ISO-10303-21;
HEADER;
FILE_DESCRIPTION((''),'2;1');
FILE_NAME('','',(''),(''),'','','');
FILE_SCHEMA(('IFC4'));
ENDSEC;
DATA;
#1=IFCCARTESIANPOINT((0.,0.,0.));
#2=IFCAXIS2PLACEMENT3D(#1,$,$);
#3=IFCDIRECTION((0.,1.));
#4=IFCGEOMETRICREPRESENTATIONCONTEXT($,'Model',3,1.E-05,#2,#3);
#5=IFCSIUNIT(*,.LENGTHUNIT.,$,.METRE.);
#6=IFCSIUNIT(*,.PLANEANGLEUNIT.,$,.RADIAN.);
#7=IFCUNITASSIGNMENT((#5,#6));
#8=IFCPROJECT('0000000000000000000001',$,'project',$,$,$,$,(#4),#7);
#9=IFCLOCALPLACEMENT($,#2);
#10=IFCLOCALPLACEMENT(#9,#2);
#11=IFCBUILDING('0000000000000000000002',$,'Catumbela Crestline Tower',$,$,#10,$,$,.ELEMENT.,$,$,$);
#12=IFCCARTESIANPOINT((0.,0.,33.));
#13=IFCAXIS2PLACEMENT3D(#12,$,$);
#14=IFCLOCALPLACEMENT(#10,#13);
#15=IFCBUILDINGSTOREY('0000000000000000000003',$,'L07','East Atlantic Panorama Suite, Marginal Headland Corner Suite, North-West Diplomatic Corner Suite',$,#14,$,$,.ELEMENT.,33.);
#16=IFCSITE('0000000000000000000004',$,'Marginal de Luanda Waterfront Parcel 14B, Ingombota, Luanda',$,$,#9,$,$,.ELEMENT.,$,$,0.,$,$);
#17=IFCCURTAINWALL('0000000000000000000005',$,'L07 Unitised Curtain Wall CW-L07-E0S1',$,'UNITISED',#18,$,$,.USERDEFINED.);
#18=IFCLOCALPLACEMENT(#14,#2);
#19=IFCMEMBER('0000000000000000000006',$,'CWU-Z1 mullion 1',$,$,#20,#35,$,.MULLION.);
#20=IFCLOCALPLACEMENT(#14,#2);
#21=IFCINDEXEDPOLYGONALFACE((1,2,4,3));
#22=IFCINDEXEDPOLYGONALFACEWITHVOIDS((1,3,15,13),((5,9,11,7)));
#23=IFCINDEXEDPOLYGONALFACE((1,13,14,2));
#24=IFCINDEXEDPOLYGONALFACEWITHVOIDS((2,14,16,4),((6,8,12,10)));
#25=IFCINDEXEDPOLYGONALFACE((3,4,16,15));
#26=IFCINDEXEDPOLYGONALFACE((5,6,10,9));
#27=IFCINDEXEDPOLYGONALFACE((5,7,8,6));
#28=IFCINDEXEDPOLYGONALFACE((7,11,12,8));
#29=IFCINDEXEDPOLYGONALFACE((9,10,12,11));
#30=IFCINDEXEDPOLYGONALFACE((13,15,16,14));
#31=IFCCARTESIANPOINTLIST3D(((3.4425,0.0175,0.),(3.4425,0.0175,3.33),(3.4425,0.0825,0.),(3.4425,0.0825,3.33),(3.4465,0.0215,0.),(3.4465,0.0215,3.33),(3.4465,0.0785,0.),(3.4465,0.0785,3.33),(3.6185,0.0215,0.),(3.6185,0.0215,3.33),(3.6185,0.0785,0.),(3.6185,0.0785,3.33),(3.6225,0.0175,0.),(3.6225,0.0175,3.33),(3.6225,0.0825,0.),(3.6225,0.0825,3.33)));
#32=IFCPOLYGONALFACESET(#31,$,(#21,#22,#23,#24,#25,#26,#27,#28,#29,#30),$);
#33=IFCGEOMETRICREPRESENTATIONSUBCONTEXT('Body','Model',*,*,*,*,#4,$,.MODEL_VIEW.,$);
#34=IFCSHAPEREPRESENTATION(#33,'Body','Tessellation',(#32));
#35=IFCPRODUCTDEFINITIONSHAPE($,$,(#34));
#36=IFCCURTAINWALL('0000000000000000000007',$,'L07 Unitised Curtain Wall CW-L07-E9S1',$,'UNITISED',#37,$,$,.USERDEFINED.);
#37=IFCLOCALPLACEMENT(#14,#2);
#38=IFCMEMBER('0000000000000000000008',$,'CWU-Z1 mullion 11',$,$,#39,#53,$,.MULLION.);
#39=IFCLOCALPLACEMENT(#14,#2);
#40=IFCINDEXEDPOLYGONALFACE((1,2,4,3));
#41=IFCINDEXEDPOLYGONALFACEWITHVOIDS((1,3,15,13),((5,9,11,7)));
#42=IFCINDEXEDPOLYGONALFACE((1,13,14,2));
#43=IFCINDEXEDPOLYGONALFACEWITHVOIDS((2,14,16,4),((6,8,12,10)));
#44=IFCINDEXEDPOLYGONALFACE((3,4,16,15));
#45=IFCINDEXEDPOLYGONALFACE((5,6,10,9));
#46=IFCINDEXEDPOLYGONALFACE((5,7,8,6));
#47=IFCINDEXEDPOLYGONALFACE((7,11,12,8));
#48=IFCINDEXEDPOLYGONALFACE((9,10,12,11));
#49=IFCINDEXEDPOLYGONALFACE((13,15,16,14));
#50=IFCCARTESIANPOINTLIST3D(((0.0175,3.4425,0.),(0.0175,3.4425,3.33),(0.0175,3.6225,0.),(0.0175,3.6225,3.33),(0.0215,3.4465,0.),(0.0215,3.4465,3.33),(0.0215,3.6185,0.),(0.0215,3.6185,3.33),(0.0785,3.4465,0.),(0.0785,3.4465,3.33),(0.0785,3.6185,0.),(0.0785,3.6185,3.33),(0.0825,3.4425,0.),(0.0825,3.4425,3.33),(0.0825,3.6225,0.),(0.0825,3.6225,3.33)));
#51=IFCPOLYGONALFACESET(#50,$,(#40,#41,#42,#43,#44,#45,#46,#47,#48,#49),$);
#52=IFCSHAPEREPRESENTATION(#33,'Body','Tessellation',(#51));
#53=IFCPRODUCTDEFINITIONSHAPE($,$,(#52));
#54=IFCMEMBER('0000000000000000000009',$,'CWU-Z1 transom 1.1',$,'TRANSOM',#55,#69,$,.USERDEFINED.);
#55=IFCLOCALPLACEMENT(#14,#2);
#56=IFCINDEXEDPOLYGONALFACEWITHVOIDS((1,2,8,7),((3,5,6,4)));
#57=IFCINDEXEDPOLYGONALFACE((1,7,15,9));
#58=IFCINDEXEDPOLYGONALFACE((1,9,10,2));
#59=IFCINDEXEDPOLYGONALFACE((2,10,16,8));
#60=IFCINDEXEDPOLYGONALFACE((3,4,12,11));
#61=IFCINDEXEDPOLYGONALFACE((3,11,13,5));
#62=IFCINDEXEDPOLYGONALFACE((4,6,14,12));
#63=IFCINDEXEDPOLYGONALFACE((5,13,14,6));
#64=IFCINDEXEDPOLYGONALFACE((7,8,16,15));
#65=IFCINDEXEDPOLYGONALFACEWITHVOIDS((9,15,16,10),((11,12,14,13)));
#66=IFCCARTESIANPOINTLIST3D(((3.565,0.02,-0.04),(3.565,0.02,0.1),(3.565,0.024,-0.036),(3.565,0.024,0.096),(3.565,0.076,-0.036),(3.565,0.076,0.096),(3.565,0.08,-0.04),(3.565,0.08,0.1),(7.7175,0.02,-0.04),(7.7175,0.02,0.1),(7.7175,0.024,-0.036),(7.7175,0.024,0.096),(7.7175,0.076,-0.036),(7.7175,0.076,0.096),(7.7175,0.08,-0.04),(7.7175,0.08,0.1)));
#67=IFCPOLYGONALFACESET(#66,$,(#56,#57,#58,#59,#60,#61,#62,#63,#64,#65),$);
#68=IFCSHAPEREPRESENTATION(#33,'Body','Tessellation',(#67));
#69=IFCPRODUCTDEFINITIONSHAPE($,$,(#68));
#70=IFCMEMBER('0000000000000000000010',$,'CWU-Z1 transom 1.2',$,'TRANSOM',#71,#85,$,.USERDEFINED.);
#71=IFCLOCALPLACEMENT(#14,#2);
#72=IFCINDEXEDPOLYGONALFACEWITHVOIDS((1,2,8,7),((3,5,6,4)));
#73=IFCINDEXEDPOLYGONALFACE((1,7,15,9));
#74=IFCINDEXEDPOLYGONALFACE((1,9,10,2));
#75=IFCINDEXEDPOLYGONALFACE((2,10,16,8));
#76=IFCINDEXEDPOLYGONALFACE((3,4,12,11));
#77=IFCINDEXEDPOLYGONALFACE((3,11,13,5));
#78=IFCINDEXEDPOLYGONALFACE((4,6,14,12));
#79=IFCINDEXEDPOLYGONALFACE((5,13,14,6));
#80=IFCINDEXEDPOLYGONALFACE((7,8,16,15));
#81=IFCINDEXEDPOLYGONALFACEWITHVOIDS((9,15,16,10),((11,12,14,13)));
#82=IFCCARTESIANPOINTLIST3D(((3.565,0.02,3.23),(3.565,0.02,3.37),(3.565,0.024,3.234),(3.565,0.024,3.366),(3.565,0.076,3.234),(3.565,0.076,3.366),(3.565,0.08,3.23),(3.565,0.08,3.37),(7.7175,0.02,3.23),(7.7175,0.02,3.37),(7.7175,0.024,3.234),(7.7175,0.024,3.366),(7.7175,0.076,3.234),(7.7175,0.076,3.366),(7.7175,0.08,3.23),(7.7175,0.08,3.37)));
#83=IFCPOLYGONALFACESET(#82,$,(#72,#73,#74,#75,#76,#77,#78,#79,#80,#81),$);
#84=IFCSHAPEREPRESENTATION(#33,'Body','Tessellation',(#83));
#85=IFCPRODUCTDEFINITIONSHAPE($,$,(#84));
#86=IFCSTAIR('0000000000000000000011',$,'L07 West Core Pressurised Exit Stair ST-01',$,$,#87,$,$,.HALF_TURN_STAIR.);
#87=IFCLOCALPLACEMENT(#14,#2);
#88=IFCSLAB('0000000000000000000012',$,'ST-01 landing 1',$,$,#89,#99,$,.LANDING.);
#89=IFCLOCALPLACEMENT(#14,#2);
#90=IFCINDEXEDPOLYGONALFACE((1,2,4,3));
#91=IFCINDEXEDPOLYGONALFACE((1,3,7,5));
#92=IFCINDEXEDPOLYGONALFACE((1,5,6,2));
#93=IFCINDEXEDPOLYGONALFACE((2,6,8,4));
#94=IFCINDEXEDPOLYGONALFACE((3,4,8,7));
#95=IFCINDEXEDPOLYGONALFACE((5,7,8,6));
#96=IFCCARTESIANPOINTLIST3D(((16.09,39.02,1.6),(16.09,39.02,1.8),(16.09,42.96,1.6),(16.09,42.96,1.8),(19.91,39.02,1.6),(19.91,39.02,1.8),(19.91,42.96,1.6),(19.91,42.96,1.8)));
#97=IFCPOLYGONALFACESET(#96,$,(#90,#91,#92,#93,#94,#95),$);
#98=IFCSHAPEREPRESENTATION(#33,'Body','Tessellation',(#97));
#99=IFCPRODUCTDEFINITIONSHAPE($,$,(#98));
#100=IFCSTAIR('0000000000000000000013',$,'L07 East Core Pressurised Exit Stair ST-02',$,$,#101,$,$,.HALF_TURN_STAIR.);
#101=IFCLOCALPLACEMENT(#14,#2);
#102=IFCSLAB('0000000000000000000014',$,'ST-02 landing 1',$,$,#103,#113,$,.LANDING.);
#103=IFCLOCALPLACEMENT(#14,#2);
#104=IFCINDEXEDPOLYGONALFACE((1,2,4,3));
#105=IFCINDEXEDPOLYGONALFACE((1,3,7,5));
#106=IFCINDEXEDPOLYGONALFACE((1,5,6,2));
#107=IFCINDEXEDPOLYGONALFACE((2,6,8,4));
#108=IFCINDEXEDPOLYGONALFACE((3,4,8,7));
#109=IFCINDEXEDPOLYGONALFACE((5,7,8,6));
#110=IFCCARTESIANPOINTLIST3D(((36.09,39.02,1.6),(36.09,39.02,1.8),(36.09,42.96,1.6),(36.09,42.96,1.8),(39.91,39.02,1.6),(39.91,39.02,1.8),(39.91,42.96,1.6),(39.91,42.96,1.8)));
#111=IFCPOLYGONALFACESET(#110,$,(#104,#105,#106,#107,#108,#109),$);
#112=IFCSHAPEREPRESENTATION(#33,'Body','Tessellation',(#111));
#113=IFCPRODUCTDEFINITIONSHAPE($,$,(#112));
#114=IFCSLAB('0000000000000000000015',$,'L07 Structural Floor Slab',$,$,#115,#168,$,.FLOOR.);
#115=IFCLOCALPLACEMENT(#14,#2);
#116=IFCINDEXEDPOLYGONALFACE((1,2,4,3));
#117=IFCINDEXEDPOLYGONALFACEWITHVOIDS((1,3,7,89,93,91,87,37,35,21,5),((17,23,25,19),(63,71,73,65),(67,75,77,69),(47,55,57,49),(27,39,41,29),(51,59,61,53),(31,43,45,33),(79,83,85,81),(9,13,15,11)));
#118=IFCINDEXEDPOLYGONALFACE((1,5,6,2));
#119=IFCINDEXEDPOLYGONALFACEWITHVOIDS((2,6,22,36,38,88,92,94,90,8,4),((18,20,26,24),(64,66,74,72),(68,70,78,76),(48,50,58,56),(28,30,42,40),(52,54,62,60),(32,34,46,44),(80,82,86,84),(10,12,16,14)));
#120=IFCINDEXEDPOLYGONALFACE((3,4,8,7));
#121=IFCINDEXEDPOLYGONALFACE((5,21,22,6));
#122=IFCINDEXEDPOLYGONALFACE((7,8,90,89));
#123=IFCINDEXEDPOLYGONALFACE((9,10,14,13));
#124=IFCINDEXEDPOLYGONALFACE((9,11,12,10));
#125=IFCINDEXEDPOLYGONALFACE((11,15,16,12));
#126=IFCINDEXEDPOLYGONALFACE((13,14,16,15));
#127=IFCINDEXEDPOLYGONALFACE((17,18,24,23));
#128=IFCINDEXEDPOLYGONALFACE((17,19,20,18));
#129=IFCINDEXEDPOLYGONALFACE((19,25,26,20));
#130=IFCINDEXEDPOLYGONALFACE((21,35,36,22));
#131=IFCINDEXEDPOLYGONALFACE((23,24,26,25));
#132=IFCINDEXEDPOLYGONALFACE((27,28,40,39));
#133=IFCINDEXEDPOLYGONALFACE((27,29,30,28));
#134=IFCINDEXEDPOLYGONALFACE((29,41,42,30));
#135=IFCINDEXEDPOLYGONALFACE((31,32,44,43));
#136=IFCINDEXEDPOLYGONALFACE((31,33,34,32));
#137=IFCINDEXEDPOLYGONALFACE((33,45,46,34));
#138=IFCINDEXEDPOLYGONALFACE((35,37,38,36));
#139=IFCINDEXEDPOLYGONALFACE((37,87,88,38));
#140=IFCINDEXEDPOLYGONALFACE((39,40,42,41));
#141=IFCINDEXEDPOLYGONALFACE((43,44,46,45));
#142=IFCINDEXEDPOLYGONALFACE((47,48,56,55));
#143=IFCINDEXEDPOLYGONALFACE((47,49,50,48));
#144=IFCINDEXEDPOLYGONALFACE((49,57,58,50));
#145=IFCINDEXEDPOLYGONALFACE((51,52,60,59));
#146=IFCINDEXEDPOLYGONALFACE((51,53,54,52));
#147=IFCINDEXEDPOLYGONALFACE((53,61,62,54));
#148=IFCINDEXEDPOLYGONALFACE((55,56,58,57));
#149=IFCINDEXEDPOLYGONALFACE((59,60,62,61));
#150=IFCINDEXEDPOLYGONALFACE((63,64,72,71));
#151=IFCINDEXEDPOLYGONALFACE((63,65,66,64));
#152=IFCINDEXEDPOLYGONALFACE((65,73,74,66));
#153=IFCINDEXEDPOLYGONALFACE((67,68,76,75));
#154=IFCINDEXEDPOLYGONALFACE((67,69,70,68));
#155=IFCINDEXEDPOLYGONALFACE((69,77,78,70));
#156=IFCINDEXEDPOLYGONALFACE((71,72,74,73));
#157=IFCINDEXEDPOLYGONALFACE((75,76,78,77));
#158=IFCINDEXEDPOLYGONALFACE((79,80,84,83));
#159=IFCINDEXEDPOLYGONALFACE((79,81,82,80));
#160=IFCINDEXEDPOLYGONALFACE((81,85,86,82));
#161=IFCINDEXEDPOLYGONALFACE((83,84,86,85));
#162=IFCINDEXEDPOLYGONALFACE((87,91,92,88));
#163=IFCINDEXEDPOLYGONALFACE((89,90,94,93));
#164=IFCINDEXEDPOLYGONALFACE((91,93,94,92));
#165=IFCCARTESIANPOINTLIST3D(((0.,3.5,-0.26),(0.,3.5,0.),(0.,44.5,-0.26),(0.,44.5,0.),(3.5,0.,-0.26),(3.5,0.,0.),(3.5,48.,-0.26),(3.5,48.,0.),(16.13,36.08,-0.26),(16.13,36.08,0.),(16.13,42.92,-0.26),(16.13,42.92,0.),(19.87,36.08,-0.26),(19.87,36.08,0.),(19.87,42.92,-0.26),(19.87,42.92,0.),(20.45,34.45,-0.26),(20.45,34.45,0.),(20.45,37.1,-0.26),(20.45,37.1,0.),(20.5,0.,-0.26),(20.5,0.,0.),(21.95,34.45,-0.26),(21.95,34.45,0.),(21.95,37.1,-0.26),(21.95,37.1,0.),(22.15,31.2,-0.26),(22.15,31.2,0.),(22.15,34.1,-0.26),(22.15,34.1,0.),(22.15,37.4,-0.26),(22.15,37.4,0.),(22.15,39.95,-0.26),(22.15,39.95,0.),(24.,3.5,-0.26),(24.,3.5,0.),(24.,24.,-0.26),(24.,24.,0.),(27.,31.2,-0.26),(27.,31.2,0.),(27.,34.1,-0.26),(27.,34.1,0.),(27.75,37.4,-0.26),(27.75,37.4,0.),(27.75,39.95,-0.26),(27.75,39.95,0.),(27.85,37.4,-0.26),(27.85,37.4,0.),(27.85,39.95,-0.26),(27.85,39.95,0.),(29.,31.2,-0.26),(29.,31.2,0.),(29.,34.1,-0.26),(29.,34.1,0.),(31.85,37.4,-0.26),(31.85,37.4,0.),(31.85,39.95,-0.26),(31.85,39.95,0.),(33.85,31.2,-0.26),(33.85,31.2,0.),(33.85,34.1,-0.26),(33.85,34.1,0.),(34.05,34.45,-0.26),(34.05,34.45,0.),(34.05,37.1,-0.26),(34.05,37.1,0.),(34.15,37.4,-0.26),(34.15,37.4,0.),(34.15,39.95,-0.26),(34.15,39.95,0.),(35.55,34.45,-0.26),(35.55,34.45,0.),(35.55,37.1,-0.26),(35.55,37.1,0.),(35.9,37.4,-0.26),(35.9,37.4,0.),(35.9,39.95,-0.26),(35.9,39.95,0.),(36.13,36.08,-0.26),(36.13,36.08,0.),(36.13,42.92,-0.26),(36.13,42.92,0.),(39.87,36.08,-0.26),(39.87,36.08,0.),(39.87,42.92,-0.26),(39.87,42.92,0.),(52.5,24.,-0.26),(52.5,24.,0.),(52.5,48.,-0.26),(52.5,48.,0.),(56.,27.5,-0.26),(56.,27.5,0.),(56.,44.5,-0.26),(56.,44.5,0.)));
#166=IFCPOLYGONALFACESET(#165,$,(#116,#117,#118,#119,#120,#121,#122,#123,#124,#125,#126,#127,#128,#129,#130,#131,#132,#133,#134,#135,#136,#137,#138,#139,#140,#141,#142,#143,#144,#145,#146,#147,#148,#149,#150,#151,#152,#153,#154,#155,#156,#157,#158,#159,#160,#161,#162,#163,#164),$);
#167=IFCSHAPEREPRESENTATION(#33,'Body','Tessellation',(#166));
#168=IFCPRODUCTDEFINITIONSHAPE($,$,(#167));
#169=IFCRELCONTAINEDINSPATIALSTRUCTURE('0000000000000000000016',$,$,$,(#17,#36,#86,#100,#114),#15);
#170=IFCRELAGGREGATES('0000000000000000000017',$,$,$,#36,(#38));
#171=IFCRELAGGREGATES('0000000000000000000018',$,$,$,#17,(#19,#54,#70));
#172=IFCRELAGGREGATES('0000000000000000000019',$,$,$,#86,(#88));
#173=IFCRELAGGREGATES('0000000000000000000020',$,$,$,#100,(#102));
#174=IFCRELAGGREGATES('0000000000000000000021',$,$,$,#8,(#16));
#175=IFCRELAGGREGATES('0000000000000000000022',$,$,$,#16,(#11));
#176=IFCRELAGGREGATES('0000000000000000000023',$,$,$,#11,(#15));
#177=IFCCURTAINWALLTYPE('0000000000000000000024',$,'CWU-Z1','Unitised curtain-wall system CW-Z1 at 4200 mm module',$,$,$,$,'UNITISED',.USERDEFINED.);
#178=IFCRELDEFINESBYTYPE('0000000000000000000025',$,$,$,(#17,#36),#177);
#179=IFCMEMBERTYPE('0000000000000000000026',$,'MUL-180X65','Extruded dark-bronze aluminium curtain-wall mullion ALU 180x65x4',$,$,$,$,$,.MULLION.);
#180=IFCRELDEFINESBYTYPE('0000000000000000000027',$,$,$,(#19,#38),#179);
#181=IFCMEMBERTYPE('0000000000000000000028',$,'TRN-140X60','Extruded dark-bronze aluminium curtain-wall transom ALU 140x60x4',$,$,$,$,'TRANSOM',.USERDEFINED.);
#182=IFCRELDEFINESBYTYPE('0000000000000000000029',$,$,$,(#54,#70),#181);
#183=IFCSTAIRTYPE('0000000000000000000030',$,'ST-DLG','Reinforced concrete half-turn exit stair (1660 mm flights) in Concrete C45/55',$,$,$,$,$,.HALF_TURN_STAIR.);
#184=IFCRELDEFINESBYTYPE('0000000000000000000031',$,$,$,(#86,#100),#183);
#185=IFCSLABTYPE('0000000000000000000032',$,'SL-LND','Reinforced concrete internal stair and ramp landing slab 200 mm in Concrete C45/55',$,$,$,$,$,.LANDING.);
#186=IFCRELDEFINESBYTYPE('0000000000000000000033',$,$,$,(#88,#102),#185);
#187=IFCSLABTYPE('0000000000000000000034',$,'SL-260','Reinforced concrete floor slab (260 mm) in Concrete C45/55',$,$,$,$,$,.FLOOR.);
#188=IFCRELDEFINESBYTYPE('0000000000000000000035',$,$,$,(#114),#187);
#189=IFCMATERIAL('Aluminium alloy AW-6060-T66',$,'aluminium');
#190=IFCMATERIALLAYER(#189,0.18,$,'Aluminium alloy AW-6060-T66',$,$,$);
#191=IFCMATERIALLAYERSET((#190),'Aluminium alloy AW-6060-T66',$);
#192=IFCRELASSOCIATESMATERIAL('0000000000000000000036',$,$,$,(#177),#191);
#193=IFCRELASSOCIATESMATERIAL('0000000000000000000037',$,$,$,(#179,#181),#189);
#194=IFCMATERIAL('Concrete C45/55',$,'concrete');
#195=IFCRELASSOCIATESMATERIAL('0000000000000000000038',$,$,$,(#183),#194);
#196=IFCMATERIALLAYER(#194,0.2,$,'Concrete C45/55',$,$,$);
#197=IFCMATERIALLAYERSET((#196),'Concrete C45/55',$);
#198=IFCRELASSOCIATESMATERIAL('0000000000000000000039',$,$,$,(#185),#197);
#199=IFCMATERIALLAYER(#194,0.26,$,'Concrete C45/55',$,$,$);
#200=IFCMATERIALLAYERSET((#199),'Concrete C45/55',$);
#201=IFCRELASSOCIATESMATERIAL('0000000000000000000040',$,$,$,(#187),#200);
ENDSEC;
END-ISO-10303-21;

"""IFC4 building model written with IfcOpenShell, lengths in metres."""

from ifc_helpers import new_model, si_unit, direction, frame, origin, origin_2d, place, context, subcontext, project, spatial, polyline, hollow_rectangle, outline, extrude, material, layer, layer_set, material_profile, profile_set, type_object, element, aggregate, save


model = new_model("IFC4")

# Units and contexts
model_context = context("Model", 3, precision=1e-05, world=origin(), true_north=direction((0.0, 1.0)))
body_context = subcontext(model_context, "Body", "Model", "MODEL_VIEW")
ifc_project = project(units=[si_unit("LENGTHUNIT", "METRE"), si_unit("PLANEANGLEUNIT", "RADIAN")], contexts=[model_context])

# Site, building, storey
site_placement = place(None, origin())
site = spatial("IfcSite", under=ifc_project, at=site_placement, Name="Marginal de Luanda Waterfront Parcel 14B, Ingombota, Luanda", CompositionType="ELEMENT", RefElevation=0.0)
building_placement = place(site_placement, origin())
building = spatial("IfcBuilding", under=site, at=building_placement, Name="Catumbela Crestline Tower", CompositionType="ELEMENT")
storey_placement = place(building_placement, frame((0.0, 0.0, 33.0)))
storey = spatial("IfcBuildingStorey", under=building, at=storey_placement, Name="L07", Description="East Atlantic Panorama Suite, Marginal Headland Corner Suite, North-West Diplomatic Corner Suite", CompositionType="ELEMENT", Elevation=33.0)

# Curtain walls, members
ifc_material_1 = material(Name="Aluminium alloy AW-6060-T66", Category="aluminium")
ifc_layer_1 = layer(ifc_material_1, 0.18, Name="Aluminium alloy AW-6060-T66")
ifc_layer_set_1 = layer_set([ifc_layer_1], Name="Aluminium alloy AW-6060-T66")
curtain_wall_type = type_object("IfcCurtainWallType", Name="CWU-Z1", Description="Unitised curtain-wall system CW-Z1 at 4200 mm module", ElementType="UNITISED", PredefinedType="USERDEFINED", material=ifc_layer_set_1)
curtain_wall_1_placement = place(storey_placement, origin())
curtain_wall_1 = element("IfcCurtainWall", 1, at=curtain_wall_1_placement, inside=storey, type_object=curtain_wall_type, Name="L07 Unitised Curtain Wall CW-L07-E0S1", ObjectType="UNITISED", PredefinedType="USERDEFINED")
ifc_material_profile_1 = material_profile(ifc_material_1, hollow_rectangle(XDim=0.065, YDim=0.18, WallThickness=0.004, at=origin_2d()), Name="ALU 180x65x4")
ifc_profile_set_1 = profile_set([ifc_material_profile_1], Name="Aluminium alloy AW-6060-T66")
member_type_1 = type_object("IfcMemberType", Name="MUL-180X65", Description="Extruded dark-bronze aluminium curtain-wall mullion ALU 180x65x4", PredefinedType="MULLION", material=ifc_profile_set_1)
member_1_placement = place(storey_placement, frame((3.5325, 0.05, 0.0), z_axis=(0.0, 0.0, 1.0), x_axis=(0.0, 1.0, 0.0)))
member_1 = element("IfcMember", 2, at=member_1_placement, type_object=member_type_1, Name="CWU-Z1 mullion 1", PredefinedType="MULLION", context=body_context, shape_type="SweptSolid", body=[
    extrude(hollow_rectangle(XDim=0.065, YDim=0.18, WallThickness=0.004, at=origin_2d()), origin(), (0.0, 0.0, 1.0), 3.33),
])
curtain_wall_2_placement = place(storey_placement, origin())
curtain_wall_2 = element("IfcCurtainWall", 3, at=curtain_wall_2_placement, inside=storey, type_object=curtain_wall_type, Name="L07 Unitised Curtain Wall CW-L07-E9S1", ObjectType="UNITISED", PredefinedType="USERDEFINED")
member_2_placement = place(storey_placement, frame((0.05, 3.5325, 0.0), z_axis=(0.0, 0.0, 1.0), x_axis=(1.0, 0.0, 0.0)))
member_2 = element("IfcMember", 4, at=member_2_placement, type_object=member_type_1, Name="CWU-Z1 mullion 11", PredefinedType="MULLION", context=body_context, shape_type="SweptSolid", body=[
    extrude(hollow_rectangle(XDim=0.065, YDim=0.18, WallThickness=0.004, at=origin_2d()), origin(), (0.0, 0.0, 1.0), 3.33),
])
aggregate(curtain_wall_2, [member_2])

# Members
ifc_material_profile_2 = material_profile(ifc_material_1, hollow_rectangle(XDim=0.06, YDim=0.14, WallThickness=0.004, at=origin_2d()), Name="ALU 140x60x4")
ifc_profile_set_2 = profile_set([ifc_material_profile_2], Name="Aluminium alloy AW-6060-T66")
member_type_2 = type_object("IfcMemberType", Name="TRN-140X60", Description="Extruded dark-bronze aluminium curtain-wall transom ALU 140x60x4", ElementType="TRANSOM", PredefinedType="USERDEFINED", material=ifc_profile_set_2)
member_3_placement = place(storey_placement, frame((3.565, 0.05, 0.03), z_axis=(1.0, 0.0, 0.0), x_axis=(0.0, 1.0, 0.0)))
member_3 = element("IfcMember", 5, at=member_3_placement, type_object=member_type_2, Name="CWU-Z1 transom 1.1", ObjectType="TRANSOM", PredefinedType="USERDEFINED", context=body_context, shape_type="SweptSolid", body=[
    extrude(hollow_rectangle(XDim=0.06, YDim=0.14, WallThickness=0.004, at=origin_2d()), origin(), (0.0, 0.0, 1.0), 4.1525),
])
member_4_placement = place(storey_placement, frame((3.565, 0.05, 3.3), z_axis=(1.0, 0.0, 0.0), x_axis=(0.0, 1.0, 0.0)))
member_4 = element("IfcMember", 6, at=member_4_placement, type_object=member_type_2, Name="CWU-Z1 transom 1.2", ObjectType="TRANSOM", PredefinedType="USERDEFINED", context=body_context, shape_type="SweptSolid", body=[
    extrude(hollow_rectangle(XDim=0.06, YDim=0.14, WallThickness=0.004, at=origin_2d()), origin(), (0.0, 0.0, 1.0), 4.1525),
])
aggregate(curtain_wall_1, [member_1, member_3, member_4])

# Stairs, slabs
ifc_material_2 = material(Name="Concrete C45/55", Category="concrete")
stair_type = type_object("IfcStairType", Name="ST-DLG", Description="Reinforced concrete half-turn exit stair (1660 mm flights) in Concrete C45/55", PredefinedType="HALF_TURN_STAIR", material=ifc_material_2)
stair_1_placement = place(storey_placement, origin())
stair_1 = element("IfcStair", 7, at=stair_1_placement, inside=storey, type_object=stair_type, Name="L07 West Core Pressurised Exit Stair ST-01", PredefinedType="HALF_TURN_STAIR")
ifc_layer_2 = layer(ifc_material_2, 0.2, Name="Concrete C45/55")
ifc_layer_set_2 = layer_set([ifc_layer_2], Name="Concrete C45/55")
slab_type_1 = type_object("IfcSlabType", Name="SL-LND", Description="Reinforced concrete internal stair and ramp landing slab 200 mm in Concrete C45/55", PredefinedType="LANDING", material=ifc_layer_set_2)
slab_1_placement = place(storey_placement, frame((0.0, 0.0, 1.6)))
slab_1 = element("IfcSlab", 8, at=slab_1_placement, type_object=slab_type_1, Name="ST-01 landing 1", PredefinedType="LANDING", context=body_context, shape_type="SweptSolid", body=[
    extrude(outline(polyline([(19.91, 39.02), (19.91, 42.96), (16.09, 42.96), (16.09, 39.02), (19.91, 39.02)])), origin(), (0.0, 0.0, 1.0), 0.2),
])
aggregate(stair_1, [slab_1])
stair_2_placement = place(storey_placement, origin())
stair_2 = element("IfcStair", 9, at=stair_2_placement, inside=storey, type_object=stair_type, Name="L07 East Core Pressurised Exit Stair ST-02", PredefinedType="HALF_TURN_STAIR")
slab_2_placement = place(storey_placement, frame((0.0, 0.0, 1.6)))
slab_2 = element("IfcSlab", 10, at=slab_2_placement, type_object=slab_type_1, Name="ST-02 landing 1", PredefinedType="LANDING", context=body_context, shape_type="SweptSolid", body=[
    extrude(outline(polyline([(39.91, 39.02), (39.91, 42.96), (36.09, 42.96), (36.09, 39.02), (39.91, 39.02)])), origin(), (0.0, 0.0, 1.0), 0.2),
])
aggregate(stair_2, [slab_2])

# Slab
ifc_layer_3 = layer(ifc_material_2, 0.26, Name="Concrete C45/55")
ifc_layer_set_3 = layer_set([ifc_layer_3], Name="Concrete C45/55")
slab_type_2 = type_object("IfcSlabType", Name="SL-260", Description="Reinforced concrete floor slab (260 mm) in Concrete C45/55", PredefinedType="FLOOR", material=ifc_layer_set_3)
slab_3_placement = place(storey_placement, frame((0.0, 0.0, -0.26)))
element("IfcSlab", 11, at=slab_3_placement, inside=storey, type_object=slab_type_2, Name="L07 Structural Floor Slab", PredefinedType="FLOOR", context=body_context, shape_type="SweptSolid", body=[
    extrude(outline(polyline([(3.5, 0.0), (20.5, 0.0), (24.0, 3.5), (24.0, 24.0), (52.5, 24.0), (56.0, 27.5), (56.0, 44.5), (52.5, 48.0), (3.5, 48.0), (0.0, 44.5), (0.0, 3.5), (3.5, 0.0)]), holes=[polyline([(16.13, 36.08), (19.87, 36.08), (19.87, 42.92), (16.13, 42.92), (16.13, 36.08)]), polyline([(36.13, 36.08), (39.87, 36.08), (39.87, 42.92), (36.13, 42.92), (36.13, 36.08)]), polyline([(22.15, 31.2), (27.0, 31.2), (27.0, 34.1), (22.15, 34.1), (22.15, 31.2)]), polyline([(29.0, 31.2), (33.85, 31.2), (33.85, 34.1), (29.0, 34.1), (29.0, 31.2)]), polyline([(22.15, 37.4), (27.75, 37.4), (27.75, 39.95), (22.15, 39.95), (22.15, 37.4)]), polyline([(27.85, 37.4), (31.85, 37.4), (31.85, 39.95), (27.85, 39.95), (27.85, 37.4)]), polyline([(20.45, 34.45), (21.95, 34.45), (21.95, 37.1), (20.45, 37.1), (20.45, 34.45)]), polyline([(34.05, 34.45), (35.55, 34.45), (35.55, 37.1), (34.05, 37.1), (34.05, 34.45)]), polyline([(34.15, 37.4), (35.9, 37.4), (35.9, 39.95), (34.15, 39.95), (34.15, 37.4)])]), origin(), (0.0, 0.0, 1.0), 0.26),
])

save(model, "model.ifc")
